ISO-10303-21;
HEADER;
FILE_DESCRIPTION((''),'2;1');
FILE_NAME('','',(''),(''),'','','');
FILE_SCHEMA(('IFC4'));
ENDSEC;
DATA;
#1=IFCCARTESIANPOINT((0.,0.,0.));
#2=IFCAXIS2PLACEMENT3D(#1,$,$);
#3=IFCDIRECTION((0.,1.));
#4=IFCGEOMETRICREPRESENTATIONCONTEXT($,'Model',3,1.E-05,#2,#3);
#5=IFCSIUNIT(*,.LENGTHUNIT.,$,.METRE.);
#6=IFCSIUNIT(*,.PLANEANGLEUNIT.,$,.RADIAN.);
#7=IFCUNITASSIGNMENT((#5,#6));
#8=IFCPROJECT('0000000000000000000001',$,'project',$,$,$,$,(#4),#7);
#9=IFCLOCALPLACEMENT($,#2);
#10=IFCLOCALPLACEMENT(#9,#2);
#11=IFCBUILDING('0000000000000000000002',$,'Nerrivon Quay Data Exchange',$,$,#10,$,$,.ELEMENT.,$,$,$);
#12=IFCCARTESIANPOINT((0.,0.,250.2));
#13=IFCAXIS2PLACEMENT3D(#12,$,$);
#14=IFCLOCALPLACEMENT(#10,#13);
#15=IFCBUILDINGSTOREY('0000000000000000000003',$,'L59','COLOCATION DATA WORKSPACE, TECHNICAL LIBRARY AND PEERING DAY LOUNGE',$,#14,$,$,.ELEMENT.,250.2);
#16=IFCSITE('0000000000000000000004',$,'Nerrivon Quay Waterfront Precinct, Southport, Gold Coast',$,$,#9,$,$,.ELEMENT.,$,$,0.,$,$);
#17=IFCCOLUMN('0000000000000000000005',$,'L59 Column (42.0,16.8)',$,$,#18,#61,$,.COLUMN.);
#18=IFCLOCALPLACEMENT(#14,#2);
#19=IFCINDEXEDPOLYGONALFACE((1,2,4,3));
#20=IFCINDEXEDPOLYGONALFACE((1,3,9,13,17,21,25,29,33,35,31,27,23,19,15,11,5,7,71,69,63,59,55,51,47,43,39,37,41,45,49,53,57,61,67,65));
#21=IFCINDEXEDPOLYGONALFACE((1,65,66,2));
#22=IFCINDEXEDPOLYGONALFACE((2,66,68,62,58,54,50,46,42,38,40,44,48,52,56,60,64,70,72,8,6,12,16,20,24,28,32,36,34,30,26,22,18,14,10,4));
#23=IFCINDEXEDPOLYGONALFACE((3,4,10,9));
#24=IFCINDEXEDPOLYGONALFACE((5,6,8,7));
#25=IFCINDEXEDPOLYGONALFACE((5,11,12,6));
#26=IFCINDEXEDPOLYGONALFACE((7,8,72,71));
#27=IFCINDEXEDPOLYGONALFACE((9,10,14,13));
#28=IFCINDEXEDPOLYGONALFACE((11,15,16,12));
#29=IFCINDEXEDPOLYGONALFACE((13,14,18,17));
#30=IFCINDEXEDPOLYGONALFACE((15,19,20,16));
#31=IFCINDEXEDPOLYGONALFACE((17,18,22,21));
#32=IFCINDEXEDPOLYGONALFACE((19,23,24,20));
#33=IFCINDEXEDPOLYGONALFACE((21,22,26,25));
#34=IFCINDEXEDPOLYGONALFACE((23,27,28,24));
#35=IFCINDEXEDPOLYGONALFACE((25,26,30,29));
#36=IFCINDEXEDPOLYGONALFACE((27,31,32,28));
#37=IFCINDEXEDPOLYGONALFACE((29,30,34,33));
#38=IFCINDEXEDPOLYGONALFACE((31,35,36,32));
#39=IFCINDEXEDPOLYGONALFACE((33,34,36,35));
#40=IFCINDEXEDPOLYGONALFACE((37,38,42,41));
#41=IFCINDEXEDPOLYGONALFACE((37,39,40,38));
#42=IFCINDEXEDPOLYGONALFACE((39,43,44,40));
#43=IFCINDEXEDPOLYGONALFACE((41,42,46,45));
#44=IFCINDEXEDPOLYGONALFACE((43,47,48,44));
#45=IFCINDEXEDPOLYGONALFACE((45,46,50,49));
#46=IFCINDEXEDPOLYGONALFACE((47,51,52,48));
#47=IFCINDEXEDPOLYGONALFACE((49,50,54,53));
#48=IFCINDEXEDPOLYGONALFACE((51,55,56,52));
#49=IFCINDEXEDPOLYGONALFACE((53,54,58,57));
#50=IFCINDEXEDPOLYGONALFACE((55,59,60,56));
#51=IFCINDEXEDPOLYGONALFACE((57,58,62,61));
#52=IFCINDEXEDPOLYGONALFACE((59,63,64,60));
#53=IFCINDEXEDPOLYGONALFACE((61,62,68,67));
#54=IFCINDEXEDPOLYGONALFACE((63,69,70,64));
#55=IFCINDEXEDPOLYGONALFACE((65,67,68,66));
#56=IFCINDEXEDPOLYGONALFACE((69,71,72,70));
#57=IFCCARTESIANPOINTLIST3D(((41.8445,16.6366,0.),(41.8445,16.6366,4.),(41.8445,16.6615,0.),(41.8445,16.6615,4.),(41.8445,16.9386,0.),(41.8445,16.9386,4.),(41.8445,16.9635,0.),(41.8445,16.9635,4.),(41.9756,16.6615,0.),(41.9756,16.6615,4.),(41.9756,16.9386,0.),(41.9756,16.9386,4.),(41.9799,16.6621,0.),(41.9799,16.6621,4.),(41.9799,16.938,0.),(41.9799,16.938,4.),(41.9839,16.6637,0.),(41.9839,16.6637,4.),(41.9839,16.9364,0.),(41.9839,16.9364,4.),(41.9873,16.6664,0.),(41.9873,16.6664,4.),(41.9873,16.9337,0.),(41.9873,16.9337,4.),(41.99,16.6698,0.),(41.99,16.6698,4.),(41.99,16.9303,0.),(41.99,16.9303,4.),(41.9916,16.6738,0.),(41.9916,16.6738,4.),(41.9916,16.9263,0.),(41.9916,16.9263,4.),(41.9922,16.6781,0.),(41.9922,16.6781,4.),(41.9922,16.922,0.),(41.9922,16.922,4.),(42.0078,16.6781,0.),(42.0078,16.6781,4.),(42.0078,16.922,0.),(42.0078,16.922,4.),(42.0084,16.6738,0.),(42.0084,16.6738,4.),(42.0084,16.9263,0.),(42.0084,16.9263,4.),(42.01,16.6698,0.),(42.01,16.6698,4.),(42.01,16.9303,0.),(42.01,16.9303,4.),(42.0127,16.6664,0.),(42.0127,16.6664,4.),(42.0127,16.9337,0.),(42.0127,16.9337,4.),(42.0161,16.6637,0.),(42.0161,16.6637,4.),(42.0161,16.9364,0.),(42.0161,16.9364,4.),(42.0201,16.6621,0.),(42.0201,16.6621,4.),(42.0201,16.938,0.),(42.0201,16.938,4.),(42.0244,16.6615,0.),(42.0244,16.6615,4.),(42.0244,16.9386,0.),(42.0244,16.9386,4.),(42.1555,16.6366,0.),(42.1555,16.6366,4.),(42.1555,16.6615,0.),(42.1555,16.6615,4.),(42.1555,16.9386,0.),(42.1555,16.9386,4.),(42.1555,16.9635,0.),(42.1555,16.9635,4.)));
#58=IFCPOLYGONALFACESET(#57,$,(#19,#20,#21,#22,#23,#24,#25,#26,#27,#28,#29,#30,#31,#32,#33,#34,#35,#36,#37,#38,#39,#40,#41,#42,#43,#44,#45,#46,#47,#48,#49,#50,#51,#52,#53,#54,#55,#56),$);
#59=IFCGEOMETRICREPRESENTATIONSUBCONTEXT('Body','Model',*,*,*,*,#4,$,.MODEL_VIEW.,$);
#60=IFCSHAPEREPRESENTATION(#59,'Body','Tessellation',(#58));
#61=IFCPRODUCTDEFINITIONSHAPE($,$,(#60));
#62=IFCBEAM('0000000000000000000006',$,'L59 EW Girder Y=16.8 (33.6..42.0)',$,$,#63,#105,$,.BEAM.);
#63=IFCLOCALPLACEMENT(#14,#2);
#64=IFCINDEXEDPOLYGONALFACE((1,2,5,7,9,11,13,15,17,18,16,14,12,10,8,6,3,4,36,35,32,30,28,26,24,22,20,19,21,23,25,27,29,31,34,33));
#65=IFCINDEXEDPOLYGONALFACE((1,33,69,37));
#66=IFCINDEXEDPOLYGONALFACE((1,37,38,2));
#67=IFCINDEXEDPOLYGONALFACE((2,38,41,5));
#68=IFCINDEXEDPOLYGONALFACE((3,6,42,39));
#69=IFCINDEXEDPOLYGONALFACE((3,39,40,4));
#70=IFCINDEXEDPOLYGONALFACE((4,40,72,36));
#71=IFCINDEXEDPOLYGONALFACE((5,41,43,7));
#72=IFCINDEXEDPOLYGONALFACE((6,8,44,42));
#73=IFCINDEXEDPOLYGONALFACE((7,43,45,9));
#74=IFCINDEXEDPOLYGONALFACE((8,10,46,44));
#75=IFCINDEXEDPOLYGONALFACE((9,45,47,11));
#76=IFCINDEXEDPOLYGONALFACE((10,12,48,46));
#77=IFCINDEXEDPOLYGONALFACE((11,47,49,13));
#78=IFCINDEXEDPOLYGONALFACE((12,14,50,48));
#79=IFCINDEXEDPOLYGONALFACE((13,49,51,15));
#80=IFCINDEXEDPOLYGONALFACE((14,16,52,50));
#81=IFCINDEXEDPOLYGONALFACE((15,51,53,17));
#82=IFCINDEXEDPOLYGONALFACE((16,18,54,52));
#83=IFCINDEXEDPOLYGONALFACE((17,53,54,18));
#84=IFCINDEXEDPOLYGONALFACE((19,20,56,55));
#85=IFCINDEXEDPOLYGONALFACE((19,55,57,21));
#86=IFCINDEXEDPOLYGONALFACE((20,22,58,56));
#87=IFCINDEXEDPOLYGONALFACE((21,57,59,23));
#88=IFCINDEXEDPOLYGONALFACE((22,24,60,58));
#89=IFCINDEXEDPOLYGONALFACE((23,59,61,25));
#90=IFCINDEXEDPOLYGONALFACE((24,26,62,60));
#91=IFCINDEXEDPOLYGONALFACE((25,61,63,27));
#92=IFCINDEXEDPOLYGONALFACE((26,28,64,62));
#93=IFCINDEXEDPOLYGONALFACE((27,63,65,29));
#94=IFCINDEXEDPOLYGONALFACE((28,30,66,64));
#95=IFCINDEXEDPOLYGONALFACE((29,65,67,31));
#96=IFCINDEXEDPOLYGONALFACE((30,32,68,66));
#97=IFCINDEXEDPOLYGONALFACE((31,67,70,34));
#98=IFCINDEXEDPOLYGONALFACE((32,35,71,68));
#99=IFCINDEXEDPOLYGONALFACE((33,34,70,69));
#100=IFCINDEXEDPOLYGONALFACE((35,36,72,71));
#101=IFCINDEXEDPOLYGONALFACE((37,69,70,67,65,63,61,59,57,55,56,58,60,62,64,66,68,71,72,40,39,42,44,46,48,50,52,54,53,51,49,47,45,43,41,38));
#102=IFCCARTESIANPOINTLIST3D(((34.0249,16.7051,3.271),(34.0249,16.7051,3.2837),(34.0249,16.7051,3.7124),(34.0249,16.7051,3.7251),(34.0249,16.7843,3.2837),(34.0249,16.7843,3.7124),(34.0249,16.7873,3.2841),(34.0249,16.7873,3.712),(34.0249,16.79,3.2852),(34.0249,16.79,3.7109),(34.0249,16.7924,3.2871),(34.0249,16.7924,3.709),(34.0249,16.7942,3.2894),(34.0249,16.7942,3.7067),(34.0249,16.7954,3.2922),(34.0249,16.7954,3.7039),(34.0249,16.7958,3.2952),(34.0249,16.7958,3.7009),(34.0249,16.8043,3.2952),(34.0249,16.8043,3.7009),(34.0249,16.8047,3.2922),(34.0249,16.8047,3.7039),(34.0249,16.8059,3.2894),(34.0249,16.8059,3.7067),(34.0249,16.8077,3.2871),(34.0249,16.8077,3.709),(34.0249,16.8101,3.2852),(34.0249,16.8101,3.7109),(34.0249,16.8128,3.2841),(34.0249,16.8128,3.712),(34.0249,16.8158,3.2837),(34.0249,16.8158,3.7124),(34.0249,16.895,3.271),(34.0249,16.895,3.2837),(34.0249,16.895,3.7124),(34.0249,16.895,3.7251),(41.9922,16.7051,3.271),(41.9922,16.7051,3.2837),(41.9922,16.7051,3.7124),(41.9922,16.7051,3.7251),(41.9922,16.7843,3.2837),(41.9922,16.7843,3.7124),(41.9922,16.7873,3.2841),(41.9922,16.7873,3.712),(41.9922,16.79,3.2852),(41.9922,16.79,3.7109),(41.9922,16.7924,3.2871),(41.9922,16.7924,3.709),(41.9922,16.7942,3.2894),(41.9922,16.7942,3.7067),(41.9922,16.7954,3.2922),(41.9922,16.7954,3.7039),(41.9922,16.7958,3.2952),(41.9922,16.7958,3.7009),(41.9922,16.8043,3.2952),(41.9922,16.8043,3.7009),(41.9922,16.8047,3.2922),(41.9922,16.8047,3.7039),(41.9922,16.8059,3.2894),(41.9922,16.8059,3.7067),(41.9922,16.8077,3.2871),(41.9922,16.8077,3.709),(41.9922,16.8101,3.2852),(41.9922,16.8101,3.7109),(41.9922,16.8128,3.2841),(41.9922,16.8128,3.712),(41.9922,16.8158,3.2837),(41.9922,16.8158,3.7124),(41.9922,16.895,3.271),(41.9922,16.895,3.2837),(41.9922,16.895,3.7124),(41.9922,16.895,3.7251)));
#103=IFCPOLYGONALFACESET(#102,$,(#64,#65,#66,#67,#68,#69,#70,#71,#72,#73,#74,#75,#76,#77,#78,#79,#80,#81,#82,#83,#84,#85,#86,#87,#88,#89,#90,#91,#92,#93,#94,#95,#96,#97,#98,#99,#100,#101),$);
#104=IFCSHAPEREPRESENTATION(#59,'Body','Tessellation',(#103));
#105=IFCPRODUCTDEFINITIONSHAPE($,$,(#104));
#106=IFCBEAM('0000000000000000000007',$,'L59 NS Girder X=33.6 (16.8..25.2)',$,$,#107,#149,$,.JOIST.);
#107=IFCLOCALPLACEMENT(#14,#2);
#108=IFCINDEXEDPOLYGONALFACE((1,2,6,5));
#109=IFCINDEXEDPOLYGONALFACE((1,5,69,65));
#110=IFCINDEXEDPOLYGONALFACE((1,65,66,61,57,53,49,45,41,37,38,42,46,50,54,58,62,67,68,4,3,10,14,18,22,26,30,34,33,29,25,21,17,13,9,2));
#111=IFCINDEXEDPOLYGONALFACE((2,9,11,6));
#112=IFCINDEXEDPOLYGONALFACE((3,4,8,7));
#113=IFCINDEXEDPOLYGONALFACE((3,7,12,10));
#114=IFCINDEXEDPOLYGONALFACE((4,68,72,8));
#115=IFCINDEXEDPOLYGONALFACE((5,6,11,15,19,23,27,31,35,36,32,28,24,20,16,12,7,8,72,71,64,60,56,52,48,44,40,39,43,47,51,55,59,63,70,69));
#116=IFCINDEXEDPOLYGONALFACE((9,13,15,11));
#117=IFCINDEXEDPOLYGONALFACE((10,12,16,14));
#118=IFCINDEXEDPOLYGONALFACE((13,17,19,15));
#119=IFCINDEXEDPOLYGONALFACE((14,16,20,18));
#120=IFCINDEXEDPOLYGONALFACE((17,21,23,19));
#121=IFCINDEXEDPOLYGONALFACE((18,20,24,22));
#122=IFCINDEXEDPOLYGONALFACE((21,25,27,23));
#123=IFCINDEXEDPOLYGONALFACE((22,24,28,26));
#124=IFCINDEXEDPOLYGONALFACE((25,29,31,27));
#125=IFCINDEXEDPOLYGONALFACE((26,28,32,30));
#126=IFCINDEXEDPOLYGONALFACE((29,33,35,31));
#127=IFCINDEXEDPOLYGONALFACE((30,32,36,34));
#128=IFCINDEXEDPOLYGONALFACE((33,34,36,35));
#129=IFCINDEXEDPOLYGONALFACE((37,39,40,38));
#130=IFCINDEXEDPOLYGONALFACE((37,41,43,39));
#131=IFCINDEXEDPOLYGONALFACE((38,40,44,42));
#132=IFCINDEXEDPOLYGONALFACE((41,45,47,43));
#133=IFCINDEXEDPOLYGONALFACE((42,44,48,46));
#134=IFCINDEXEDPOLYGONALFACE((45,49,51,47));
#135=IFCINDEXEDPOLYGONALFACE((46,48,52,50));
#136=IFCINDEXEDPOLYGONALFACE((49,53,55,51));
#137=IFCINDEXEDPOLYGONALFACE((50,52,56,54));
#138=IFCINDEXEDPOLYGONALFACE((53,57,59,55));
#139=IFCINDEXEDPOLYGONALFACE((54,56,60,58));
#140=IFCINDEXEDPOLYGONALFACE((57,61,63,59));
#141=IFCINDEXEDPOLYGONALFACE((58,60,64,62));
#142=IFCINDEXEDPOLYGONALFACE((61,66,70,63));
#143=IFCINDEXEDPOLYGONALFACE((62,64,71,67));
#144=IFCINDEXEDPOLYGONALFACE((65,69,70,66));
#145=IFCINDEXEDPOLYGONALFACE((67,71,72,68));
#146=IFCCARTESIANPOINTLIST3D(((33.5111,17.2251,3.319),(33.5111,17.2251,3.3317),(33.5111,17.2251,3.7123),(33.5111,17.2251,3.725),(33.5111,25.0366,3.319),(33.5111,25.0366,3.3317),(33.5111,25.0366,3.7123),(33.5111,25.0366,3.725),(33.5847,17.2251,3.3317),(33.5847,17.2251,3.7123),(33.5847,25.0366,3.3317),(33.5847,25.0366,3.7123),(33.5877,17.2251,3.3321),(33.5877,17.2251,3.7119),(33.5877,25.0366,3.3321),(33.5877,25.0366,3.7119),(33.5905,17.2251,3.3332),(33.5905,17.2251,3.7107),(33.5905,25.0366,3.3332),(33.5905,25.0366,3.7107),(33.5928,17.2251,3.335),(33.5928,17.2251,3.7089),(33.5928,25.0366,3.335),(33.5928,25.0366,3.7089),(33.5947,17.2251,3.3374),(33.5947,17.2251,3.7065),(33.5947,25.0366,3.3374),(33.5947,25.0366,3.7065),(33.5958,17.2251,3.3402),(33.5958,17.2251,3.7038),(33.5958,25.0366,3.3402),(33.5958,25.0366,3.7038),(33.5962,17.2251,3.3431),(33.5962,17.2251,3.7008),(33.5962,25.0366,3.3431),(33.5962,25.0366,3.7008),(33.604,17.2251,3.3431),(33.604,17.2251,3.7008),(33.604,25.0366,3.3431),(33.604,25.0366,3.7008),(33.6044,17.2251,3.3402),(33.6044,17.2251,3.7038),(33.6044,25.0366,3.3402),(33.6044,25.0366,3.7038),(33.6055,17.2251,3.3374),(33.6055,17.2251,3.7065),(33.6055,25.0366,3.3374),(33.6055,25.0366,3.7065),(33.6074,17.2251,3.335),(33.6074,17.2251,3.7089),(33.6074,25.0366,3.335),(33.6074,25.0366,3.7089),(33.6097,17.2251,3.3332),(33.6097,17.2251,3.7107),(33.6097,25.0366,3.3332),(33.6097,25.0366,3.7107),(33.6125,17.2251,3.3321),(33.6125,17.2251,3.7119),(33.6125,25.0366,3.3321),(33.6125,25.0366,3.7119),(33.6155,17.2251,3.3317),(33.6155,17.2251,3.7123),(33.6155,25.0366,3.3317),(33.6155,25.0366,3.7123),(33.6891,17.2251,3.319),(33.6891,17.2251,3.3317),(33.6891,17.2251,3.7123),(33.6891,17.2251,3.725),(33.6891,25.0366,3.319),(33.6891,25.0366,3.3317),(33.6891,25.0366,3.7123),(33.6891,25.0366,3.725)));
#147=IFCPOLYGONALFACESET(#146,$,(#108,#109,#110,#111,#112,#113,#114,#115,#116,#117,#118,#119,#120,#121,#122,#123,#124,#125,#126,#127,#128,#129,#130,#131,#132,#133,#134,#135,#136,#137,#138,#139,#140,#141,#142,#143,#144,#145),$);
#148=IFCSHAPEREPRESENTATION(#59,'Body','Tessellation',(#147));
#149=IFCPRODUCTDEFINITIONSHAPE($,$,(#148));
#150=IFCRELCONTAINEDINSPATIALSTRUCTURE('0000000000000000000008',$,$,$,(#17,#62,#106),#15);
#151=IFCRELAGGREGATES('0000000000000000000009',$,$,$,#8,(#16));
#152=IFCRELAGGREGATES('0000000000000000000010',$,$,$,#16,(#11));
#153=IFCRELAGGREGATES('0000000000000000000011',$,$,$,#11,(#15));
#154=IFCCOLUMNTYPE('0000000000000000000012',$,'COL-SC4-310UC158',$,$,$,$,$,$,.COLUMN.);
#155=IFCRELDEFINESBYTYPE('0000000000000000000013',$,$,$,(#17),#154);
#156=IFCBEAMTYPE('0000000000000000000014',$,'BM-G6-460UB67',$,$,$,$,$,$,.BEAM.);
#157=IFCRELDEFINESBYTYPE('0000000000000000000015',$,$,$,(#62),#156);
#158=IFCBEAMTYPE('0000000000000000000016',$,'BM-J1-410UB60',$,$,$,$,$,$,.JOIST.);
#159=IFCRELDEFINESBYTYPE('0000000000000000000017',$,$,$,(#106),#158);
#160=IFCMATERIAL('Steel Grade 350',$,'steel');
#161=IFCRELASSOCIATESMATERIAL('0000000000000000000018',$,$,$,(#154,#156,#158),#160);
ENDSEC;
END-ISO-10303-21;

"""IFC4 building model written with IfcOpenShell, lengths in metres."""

from ifc_helpers import new_model, si_unit, direction, frame, origin, origin_2d, place, context, subcontext, project, spatial, i_section, extrude, material, material_profile, profile_set, type_object, element, save


model = new_model("IFC4")

# Units and contexts
model_context = context("Model", 3, precision=1e-05, world=origin(), true_north=direction((0.0, 1.0)))
body_context = subcontext(model_context, "Body", "Model", "MODEL_VIEW")
ifc_project = project(units=[si_unit("LENGTHUNIT", "METRE"), si_unit("PLANEANGLEUNIT", "RADIAN")], contexts=[model_context])

# Site, building, storey
site_placement = place(None, origin())
site = spatial("IfcSite", under=ifc_project, at=site_placement, Name="Nerrivon Quay Waterfront Precinct, Southport, Gold Coast", CompositionType="ELEMENT", RefElevation=0.0)
building_placement = place(site_placement, origin())
building = spatial("IfcBuilding", under=site, at=building_placement, Name="Nerrivon Quay Data Exchange", CompositionType="ELEMENT")
storey_placement = place(building_placement, frame((0.0, 0.0, 250.2)))
storey = spatial("IfcBuildingStorey", under=building, at=storey_placement, Name="L59", Description="COLOCATION DATA WORKSPACE, TECHNICAL LIBRARY AND PEERING DAY LOUNGE", CompositionType="ELEMENT", Elevation=250.2)

# Column
ifc_material_1 = material(Name="Steel Grade 350", Category="steel")
ifc_material_profile_1 = material_profile(ifc_material_1, i_section(OverallWidth=0.311, OverallDepth=0.3269, WebThickness=0.0156, FlangeThickness=0.0249, FilletRadius=0.0166, at=origin_2d()), Name="310UC158")
ifc_profile_set_1 = profile_set([ifc_material_profile_1], Name="Steel Grade 350")
column_type = type_object("IfcColumnType", Name="COL-SC4-310UC158", PredefinedType="COLUMN", material=ifc_profile_set_1)
column_placement = place(storey_placement, frame((42.0, 16.8, 0.0), z_axis=(0.0, 0.0, 1.0), x_axis=(1.0, 0.0, 0.0)))
element("IfcColumn", 1, at=column_placement, inside=storey, type_object=column_type, Name="L59 Column (42.0,16.8)", PredefinedType="COLUMN", context=body_context, shape_type="SweptSolid", body=[
    extrude(i_section(OverallWidth=0.311, OverallDepth=0.3269, WebThickness=0.0156, FlangeThickness=0.0249, FilletRadius=0.0166, at=origin_2d()), origin(), (0.0, 0.0, 1.0), 4.0),
])

# Beams
ifc_material_profile_2 = material_profile(ifc_material_1, i_section(OverallWidth=0.1899, OverallDepth=0.4541, WebThickness=0.0085, FlangeThickness=0.0127, FilletRadius=0.0115, at=origin_2d()), Name="460UB67.1")
ifc_profile_set_2 = profile_set([ifc_material_profile_2], Name="Steel Grade 350")
beam_type_1 = type_object("IfcBeamType", Name="BM-G6-460UB67", PredefinedType="BEAM", material=ifc_profile_set_2)
beam_1_placement = place(storey_placement, frame((34.0249, 16.8, 3.498), z_axis=(1.0, 0.0, 0.0), x_axis=(0.0, 1.0, 0.0)))
element("IfcBeam", 2, at=beam_1_placement, inside=storey, type_object=beam_type_1, Name="L59 EW Girder Y=16.8 (33.6..42.0)", PredefinedType="BEAM", context=body_context, shape_type="SweptSolid", body=[
    extrude(i_section(OverallWidth=0.1899, OverallDepth=0.4541, WebThickness=0.0085, FlangeThickness=0.0127, FilletRadius=0.0115, at=origin_2d()), origin(), (0.0, 0.0, 1.0), 7.9673),
])
ifc_material_profile_3 = material_profile(ifc_material_1, i_section(OverallWidth=0.178, OverallDepth=0.406, WebThickness=0.0078, FlangeThickness=0.0127, FilletRadius=0.0115, at=origin_2d()), Name="410UB59.7")
ifc_profile_set_3 = profile_set([ifc_material_profile_3], Name="Steel Grade 350")
beam_type_2 = type_object("IfcBeamType", Name="BM-J1-410UB60", PredefinedType="JOIST", material=ifc_profile_set_3)
beam_2_placement = place(storey_placement, frame((33.6001, 17.2251, 3.522), z_axis=(0.0, 1.0, 0.0), x_axis=(-1.0, 0.0, 0.0)))
element("IfcBeam", 3, at=beam_2_placement, inside=storey, type_object=beam_type_2, Name="L59 NS Girder X=33.6 (16.8..25.2)", PredefinedType="JOIST", context=body_context, shape_type="SweptSolid", body=[
    extrude(i_section(OverallWidth=0.178, OverallDepth=0.406, WebThickness=0.0078, FlangeThickness=0.0127, FilletRadius=0.0115, at=origin_2d()), origin(), (0.0, 0.0, 1.0), 7.8115),
])

save(model, "model.ifc")
